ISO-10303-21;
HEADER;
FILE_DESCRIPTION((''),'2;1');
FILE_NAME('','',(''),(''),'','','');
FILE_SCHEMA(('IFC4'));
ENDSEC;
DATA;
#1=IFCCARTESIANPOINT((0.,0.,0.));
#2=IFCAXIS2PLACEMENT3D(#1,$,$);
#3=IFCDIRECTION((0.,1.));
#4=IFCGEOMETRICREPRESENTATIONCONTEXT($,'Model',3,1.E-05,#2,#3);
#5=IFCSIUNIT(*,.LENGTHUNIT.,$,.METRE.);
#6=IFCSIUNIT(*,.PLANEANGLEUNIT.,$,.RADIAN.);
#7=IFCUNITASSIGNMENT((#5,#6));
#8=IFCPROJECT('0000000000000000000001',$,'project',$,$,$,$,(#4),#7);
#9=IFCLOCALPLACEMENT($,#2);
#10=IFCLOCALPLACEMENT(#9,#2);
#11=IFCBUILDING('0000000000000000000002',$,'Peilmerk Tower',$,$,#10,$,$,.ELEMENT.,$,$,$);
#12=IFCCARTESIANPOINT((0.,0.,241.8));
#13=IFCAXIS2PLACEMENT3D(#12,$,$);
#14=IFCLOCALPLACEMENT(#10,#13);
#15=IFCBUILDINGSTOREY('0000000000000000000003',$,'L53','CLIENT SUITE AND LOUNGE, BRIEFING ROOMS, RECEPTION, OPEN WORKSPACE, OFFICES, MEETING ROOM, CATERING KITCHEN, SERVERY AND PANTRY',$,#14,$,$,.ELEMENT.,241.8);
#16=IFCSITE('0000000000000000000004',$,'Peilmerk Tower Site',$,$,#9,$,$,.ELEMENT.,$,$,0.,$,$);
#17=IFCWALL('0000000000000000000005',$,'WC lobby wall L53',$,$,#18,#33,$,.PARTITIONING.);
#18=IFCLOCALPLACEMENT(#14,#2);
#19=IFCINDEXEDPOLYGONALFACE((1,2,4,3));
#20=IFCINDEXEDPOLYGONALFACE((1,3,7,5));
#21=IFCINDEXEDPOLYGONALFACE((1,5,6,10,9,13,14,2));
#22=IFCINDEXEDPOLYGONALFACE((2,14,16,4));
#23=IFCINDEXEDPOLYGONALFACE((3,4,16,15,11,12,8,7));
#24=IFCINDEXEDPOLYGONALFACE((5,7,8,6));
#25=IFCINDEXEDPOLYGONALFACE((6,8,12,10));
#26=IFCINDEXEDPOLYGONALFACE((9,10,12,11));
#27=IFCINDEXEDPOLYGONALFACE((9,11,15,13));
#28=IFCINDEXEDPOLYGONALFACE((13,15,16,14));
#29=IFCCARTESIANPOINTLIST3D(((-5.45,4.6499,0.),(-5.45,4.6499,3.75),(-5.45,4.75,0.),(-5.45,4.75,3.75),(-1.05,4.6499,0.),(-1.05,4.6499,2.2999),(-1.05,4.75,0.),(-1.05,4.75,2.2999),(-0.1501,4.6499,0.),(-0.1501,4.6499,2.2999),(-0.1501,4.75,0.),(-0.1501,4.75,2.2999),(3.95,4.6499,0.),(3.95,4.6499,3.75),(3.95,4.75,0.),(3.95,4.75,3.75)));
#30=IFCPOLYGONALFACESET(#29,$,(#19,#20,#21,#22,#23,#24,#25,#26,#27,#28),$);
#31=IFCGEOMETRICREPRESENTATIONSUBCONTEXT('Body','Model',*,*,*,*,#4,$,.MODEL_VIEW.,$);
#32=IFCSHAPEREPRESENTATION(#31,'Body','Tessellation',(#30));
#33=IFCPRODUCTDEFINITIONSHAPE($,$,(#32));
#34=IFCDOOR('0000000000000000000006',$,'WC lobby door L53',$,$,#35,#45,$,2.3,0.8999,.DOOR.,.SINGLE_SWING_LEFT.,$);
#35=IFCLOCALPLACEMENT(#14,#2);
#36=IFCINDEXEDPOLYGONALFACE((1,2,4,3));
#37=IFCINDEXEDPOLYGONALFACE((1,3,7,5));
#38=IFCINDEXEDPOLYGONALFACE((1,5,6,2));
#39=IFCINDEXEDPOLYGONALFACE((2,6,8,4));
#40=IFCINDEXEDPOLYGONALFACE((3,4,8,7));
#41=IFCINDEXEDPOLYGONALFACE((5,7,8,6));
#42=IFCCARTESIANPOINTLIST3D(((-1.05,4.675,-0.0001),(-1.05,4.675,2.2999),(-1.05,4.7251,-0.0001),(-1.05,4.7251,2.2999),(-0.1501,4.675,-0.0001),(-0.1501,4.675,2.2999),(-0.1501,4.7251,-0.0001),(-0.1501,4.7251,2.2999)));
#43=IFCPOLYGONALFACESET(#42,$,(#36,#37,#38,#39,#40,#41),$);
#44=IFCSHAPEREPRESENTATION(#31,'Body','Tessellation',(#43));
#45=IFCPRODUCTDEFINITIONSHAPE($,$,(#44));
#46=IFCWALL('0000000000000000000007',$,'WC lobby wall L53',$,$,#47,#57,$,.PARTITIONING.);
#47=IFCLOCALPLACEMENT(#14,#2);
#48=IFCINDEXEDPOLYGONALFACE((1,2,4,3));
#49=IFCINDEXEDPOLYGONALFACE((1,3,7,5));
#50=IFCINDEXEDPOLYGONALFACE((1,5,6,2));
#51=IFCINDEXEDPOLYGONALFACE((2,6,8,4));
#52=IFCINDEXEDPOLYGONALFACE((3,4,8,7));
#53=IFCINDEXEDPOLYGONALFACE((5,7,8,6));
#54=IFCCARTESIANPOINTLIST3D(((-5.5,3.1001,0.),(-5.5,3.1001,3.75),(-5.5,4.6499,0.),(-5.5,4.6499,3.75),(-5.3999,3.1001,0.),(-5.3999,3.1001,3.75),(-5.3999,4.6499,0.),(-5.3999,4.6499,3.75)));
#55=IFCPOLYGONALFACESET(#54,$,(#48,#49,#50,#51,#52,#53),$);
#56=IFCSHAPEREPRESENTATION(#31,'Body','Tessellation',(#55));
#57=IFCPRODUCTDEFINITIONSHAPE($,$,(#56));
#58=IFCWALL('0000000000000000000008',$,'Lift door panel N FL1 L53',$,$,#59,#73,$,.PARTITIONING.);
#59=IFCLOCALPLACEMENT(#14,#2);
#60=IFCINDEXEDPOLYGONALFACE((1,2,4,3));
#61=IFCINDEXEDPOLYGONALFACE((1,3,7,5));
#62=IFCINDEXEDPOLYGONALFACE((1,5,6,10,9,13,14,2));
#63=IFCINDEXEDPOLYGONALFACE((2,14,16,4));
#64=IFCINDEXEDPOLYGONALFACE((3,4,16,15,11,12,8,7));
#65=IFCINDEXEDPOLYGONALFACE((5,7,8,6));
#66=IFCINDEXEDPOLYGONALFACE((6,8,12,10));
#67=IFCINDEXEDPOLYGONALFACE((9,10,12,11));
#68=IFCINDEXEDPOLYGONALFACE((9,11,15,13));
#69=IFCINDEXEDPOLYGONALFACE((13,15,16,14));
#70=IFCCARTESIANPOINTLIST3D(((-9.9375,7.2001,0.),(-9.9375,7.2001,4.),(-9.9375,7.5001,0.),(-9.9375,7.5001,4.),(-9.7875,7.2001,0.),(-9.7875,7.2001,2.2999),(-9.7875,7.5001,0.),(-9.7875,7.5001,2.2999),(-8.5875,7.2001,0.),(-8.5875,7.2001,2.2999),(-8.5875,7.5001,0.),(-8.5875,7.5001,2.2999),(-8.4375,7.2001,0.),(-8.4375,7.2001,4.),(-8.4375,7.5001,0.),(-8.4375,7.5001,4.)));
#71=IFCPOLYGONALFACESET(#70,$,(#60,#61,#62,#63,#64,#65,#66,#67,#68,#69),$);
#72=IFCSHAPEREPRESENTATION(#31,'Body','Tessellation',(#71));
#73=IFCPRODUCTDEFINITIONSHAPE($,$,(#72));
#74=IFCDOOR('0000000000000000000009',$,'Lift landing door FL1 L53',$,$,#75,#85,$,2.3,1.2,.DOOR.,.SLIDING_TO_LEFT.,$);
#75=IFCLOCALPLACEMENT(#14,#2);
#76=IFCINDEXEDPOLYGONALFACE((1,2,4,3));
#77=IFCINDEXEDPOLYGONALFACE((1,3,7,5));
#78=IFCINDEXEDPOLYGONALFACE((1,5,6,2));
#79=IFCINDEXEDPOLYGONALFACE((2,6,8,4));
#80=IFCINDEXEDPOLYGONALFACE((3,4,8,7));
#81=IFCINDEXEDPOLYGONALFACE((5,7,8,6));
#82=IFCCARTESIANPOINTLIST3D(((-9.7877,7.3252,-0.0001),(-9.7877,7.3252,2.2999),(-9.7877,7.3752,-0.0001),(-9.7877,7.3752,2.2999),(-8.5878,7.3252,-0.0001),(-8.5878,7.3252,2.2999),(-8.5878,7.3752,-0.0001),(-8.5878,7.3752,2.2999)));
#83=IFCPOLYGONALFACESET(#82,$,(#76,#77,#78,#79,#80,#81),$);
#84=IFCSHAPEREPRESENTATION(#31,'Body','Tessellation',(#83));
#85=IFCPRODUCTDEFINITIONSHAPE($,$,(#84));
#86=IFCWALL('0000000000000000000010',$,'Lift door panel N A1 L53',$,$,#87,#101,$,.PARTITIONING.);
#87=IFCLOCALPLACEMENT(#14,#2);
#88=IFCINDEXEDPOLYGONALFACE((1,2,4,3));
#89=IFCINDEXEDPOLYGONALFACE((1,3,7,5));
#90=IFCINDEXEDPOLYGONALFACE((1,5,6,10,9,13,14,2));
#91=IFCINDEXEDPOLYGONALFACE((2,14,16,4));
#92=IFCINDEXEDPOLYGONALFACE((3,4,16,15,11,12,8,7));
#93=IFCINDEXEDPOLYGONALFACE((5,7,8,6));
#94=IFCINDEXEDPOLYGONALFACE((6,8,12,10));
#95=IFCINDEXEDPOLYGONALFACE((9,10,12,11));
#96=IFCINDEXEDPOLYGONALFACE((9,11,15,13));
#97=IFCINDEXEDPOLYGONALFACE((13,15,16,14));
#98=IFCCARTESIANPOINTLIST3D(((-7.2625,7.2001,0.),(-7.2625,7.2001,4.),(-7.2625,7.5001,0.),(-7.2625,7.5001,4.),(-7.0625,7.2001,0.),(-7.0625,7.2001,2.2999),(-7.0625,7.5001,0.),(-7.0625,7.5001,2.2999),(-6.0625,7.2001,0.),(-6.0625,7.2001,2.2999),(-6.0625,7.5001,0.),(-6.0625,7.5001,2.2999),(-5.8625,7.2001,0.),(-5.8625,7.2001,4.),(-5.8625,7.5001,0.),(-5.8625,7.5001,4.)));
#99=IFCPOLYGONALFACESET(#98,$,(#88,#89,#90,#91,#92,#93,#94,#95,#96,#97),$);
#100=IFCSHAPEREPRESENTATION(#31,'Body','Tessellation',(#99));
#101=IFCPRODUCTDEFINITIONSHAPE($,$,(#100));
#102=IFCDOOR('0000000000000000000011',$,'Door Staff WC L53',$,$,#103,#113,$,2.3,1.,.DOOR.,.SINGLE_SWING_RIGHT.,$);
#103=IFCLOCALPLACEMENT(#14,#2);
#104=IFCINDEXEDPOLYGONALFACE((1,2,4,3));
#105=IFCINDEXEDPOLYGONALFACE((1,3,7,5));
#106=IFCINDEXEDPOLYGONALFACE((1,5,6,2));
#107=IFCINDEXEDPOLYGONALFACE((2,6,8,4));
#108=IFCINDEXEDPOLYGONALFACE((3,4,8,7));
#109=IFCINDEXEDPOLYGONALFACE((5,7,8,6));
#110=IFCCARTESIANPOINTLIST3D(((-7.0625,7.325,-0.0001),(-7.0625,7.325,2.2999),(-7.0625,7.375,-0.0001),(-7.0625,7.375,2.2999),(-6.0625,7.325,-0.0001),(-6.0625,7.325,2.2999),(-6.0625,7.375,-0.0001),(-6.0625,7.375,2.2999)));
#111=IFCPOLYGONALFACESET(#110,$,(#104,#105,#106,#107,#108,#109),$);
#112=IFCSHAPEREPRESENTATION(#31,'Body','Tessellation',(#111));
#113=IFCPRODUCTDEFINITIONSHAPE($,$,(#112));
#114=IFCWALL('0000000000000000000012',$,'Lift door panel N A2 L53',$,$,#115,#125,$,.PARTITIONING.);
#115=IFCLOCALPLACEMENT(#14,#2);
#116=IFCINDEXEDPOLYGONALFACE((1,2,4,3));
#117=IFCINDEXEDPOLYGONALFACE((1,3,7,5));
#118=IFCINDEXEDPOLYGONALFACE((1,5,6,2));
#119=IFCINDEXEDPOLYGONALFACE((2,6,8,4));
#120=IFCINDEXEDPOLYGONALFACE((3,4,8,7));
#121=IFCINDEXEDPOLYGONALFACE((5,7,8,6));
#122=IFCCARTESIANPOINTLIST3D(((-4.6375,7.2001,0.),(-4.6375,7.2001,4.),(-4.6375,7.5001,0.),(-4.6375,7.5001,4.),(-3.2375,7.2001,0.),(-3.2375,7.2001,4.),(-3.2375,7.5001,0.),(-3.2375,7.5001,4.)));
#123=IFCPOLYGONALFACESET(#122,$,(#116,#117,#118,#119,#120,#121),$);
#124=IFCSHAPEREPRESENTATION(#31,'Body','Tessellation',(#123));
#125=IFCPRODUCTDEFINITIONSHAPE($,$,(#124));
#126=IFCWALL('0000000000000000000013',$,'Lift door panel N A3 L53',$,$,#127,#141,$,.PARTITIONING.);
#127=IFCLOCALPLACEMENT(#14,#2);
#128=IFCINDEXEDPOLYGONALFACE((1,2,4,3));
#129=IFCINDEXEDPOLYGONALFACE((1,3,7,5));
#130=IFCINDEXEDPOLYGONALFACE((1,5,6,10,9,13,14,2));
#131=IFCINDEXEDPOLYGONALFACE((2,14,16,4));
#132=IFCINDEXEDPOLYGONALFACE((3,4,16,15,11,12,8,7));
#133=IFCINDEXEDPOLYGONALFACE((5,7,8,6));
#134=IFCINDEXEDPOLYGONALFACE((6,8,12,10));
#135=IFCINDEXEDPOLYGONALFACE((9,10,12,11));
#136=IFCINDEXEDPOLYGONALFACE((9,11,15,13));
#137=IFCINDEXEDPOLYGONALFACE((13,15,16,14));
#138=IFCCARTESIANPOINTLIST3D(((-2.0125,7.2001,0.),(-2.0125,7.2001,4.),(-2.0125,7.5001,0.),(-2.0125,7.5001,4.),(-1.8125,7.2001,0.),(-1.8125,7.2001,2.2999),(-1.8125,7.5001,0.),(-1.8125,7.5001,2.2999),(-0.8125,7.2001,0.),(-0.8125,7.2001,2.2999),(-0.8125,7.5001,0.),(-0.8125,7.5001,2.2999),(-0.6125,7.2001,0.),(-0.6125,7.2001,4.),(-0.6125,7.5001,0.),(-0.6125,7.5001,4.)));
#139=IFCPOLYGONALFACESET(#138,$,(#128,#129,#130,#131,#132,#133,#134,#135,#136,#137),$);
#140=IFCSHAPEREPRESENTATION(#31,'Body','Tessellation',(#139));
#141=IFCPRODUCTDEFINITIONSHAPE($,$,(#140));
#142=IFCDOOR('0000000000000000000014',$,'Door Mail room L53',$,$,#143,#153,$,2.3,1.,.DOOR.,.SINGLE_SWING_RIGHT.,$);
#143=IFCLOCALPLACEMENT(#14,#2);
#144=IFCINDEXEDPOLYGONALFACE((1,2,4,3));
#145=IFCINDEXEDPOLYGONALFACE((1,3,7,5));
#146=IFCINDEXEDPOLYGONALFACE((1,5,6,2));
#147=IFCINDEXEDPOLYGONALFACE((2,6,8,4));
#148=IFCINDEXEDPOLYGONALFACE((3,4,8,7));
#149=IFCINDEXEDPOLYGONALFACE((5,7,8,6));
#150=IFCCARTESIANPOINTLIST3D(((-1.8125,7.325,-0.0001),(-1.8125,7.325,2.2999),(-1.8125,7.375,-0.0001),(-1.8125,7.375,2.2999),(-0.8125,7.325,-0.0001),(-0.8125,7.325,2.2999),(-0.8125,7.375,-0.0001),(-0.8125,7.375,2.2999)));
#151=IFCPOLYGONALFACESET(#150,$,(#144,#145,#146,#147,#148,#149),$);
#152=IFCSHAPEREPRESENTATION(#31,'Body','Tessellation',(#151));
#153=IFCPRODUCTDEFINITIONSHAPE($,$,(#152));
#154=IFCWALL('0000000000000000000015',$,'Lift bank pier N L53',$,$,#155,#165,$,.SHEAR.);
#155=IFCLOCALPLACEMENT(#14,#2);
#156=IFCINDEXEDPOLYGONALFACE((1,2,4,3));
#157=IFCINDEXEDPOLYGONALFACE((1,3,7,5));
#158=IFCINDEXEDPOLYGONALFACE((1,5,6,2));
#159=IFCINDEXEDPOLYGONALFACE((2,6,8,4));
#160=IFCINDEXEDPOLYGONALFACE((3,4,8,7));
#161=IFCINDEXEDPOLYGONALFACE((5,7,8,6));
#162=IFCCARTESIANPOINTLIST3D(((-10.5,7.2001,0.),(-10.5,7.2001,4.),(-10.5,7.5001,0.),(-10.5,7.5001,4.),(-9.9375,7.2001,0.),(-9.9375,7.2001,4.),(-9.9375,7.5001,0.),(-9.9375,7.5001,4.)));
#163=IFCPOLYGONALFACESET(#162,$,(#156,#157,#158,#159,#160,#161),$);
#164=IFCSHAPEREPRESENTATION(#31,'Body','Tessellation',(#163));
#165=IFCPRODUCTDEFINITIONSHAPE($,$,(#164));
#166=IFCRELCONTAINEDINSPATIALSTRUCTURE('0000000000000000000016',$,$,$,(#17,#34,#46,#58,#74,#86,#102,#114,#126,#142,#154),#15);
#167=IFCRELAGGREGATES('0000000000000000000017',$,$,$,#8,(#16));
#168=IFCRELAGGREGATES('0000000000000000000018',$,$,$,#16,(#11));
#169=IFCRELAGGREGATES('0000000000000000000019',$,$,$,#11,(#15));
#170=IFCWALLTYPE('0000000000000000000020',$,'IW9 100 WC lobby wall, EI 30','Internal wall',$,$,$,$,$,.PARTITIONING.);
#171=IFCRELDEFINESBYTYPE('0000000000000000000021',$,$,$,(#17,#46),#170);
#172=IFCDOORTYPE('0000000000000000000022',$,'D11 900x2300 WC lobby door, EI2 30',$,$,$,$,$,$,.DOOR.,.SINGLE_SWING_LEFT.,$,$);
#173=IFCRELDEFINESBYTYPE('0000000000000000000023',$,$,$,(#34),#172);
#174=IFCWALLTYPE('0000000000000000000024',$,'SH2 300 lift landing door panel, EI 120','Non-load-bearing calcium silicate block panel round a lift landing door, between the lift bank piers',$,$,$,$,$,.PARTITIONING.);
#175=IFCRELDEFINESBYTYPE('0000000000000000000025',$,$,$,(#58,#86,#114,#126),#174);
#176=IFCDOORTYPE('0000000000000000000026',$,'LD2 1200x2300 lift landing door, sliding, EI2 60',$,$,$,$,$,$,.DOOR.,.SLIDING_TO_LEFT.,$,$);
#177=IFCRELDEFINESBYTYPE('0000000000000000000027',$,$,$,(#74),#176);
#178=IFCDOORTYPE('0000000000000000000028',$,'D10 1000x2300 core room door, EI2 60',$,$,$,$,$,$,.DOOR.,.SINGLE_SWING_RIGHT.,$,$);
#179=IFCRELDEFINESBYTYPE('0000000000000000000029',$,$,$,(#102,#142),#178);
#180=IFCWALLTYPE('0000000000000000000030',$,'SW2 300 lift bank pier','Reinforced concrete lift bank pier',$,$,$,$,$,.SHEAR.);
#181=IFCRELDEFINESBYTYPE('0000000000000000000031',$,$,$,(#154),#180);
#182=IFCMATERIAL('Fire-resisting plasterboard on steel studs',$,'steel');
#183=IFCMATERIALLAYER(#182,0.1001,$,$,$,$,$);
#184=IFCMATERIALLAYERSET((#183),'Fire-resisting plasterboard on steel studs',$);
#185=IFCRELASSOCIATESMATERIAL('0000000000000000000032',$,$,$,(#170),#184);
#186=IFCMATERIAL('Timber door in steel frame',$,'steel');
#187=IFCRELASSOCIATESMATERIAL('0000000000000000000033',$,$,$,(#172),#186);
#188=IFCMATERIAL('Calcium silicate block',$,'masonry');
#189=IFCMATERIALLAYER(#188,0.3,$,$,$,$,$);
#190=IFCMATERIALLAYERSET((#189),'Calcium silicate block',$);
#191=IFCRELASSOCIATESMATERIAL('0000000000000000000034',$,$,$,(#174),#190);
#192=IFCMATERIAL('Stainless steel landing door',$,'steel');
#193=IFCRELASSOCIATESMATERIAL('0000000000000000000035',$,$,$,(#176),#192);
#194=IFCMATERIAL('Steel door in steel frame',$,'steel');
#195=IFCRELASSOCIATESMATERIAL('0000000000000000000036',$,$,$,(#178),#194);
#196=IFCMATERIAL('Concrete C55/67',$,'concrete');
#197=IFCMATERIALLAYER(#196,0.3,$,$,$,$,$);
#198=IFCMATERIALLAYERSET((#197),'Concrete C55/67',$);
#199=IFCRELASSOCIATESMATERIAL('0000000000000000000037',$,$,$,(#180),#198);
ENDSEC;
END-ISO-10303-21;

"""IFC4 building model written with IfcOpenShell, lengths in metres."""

from ifc_helpers import new_model, si_unit, direction, frame, frame_2d, origin, place, context, subcontext, project, spatial, rectangle, extrude, material, layer, layer_set, type_object, element, fill, save


model = new_model("IFC4")

# Units and contexts
model_context = context("Model", 3, precision=1e-05, world=origin(), true_north=direction((0.0, 1.0)))
body_context = subcontext(model_context, "Body", "Model", "MODEL_VIEW")
ifc_project = project(units=[si_unit("LENGTHUNIT", "METRE"), si_unit("PLANEANGLEUNIT", "RADIAN")], contexts=[model_context])

# Site, building, storey
site_placement = place(None, origin())
site = spatial("IfcSite", under=ifc_project, at=site_placement, Name="Peilmerk Tower Site", CompositionType="ELEMENT", RefElevation=0.0)
building_placement = place(site_placement, origin())
building = spatial("IfcBuilding", under=site, at=building_placement, Name="Peilmerk Tower", CompositionType="ELEMENT")
storey_placement = place(building_placement, frame((0.0, 0.0, 241.8)))
storey = spatial("IfcBuildingStorey", under=building, at=storey_placement, Name="L53", Description="CLIENT SUITE AND LOUNGE, BRIEFING ROOMS, RECEPTION, OPEN WORKSPACE, OFFICES, MEETING ROOM, CATERING KITCHEN, SERVERY AND PANTRY", CompositionType="ELEMENT", Elevation=241.8)

# Shared definitions
ifc_material_1 = material(Name="Concrete C55/67", Category="concrete")

# Shared definitions
ifc_material_2 = material(Name="Steel door in steel frame", Category="steel")

# Shared definitions
ifc_material_3 = material(Name="Timber door in steel frame", Category="steel")

# Wall, opening, door
ifc_material_4 = material(Name="Fire-resisting plasterboard on steel studs", Category="steel")
ifc_layer_1 = layer(ifc_material_4, 0.1001)
ifc_layer_set_1 = layer_set([ifc_layer_1], Name="Fire-resisting plasterboard on steel studs")
wall_type_1 = type_object("IfcWallType", Name="IW9 100 WC lobby wall, EI 30", Description="Internal wall", PredefinedType="PARTITIONING", material=ifc_layer_set_1)
wall_1_placement = place(storey_placement, frame((-5.45, 4.7, 0.0), z_axis=(0.0, 0.0, 1.0), x_axis=(1.0, 0.0, 0.0)))
wall_1 = element("IfcWall", 1, at=wall_1_placement, inside=storey, type_object=wall_type_1, Name="WC lobby wall L53", PredefinedType="PARTITIONING", context=body_context, shape_type="SweptSolid", body=[
    extrude(rectangle(XDim=9.3999, YDim=0.1001, at=frame_2d((4.7, 0.0))), origin(), (0.0, 0.0, 1.0), 3.75),
])
opening_1_placement = place(wall_1_placement, frame((4.3999, 0.0, 0.0)))
opening_1 = element("IfcOpeningElement", 2, at=opening_1_placement, cuts=wall_1, PredefinedType="OPENING", context=body_context, shape_type="SweptSolid", body=[
    extrude(rectangle(XDim=0.8999, YDim=2.3, at=frame_2d((0.45, 1.1499))), frame((0.0, 0.0601, 0.0), z_axis=(0.0, -1.0, 0.0), x_axis=(1.0, 0.0, 0.0)), (0.0, 0.0, 1.0), 0.1201),
])
door_type_1 = type_object("IfcDoorType", Name="D11 900x2300 WC lobby door, EI2 30", OperationType="SINGLE_SWING_LEFT", PredefinedType="DOOR", material=ifc_material_3)
door_1_placement = place(opening_1_placement, frame((0.8999, 0.0, 0.0), z_axis=(0.0, 0.0, 1.0), x_axis=(-1.0, 0.0, 0.0)))
door_1 = element("IfcDoor", 3, at=door_1_placement, inside=storey, type_object=door_type_1, Name="WC lobby door L53", OperationType="SINGLE_SWING_LEFT", OverallHeight=2.3, OverallWidth=0.8999, PredefinedType="DOOR", context=body_context, shape_type="SweptSolid", body=[
    extrude(rectangle(XDim=0.8999, YDim=2.3, at=frame_2d((0.45, 1.1499))), frame((0.0, 0.0249, 0.0), z_axis=(0.0, -1.0, 0.0), x_axis=(1.0, 0.0, 0.0)), (0.0, 0.0, 1.0), 0.05),
])
fill(opening_1, door_1)

# Wall
wall_2_placement = place(storey_placement, frame((-5.45, 3.1001, 0.0), z_axis=(0.0, 0.0, 1.0), x_axis=(0.0, 1.0, 0.0)))
element("IfcWall", 4, at=wall_2_placement, inside=storey, type_object=wall_type_1, Name="WC lobby wall L53", PredefinedType="PARTITIONING", context=body_context, shape_type="SweptSolid", body=[
    extrude(rectangle(XDim=1.5498, YDim=0.1001, at=frame_2d((0.7749, 0.0))), origin(), (0.0, 0.0, 1.0), 3.75),
])

# Walls, openings, doors
ifc_material_5 = material(Name="Calcium silicate block", Category="masonry")
ifc_layer_2 = layer(ifc_material_5, 0.3)
ifc_layer_set_2 = layer_set([ifc_layer_2], Name="Calcium silicate block")
wall_type_2 = type_object("IfcWallType", Name="SH2 300 lift landing door panel, EI 120", Description="Non-load-bearing calcium silicate block panel round a lift landing door, between the lift bank piers", PredefinedType="PARTITIONING", material=ifc_layer_set_2)
wall_3_placement = place(storey_placement, frame((-9.9375, 7.3501, 0.0), z_axis=(0.0, 0.0, 1.0), x_axis=(1.0, 0.0, 0.0)))
wall_3 = element("IfcWall", 5, at=wall_3_placement, inside=storey, type_object=wall_type_2, Name="Lift door panel N FL1 L53", PredefinedType="PARTITIONING", context=body_context, shape_type="SweptSolid", body=[
    extrude(rectangle(XDim=1.5, YDim=0.3, at=frame_2d((0.75, 0.0))), origin(), (0.0, 0.0, 1.0), 4.0),
])
opening_2_placement = place(wall_3_placement, frame((0.1499, 0.0, 0.0)))
opening_2 = element("IfcOpeningElement", 6, at=opening_2_placement, cuts=wall_3, PredefinedType="OPENING", context=body_context, shape_type="SweptSolid", body=[
    extrude(rectangle(XDim=1.2, YDim=2.3, at=frame_2d((0.6001, 1.1499))), frame((0.0, 0.1599, 0.0), z_axis=(0.0, -1.0, 0.0), x_axis=(1.0, 0.0, 0.0)), (0.0, 0.0, 1.0), 0.3201),
])
ifc_material_6 = material(Name="Stainless steel landing door", Category="steel")
door_type_2 = type_object("IfcDoorType", Name="LD2 1200x2300 lift landing door, sliding, EI2 60", OperationType="SLIDING_TO_LEFT", PredefinedType="DOOR", material=ifc_material_6)
door_2_placement = place(opening_2_placement, frame((1.2, 0.0, 0.0), z_axis=(0.0, 0.0, 1.0), x_axis=(-1.0, 0.0, 0.0)))
door_2 = element("IfcDoor", 7, at=door_2_placement, inside=storey, type_object=door_type_2, Name="Lift landing door FL1 L53", OperationType="SLIDING_TO_LEFT", OverallHeight=2.3, OverallWidth=1.2, PredefinedType="DOOR", context=body_context, shape_type="SweptSolid", body=[
    extrude(rectangle(XDim=1.2, YDim=2.3, at=frame_2d((0.6001, 1.1499))), frame((0.0, 0.0249, 0.0), z_axis=(0.0, -1.0, 0.0), x_axis=(1.0, 0.0, 0.0)), (0.0, 0.0, 1.0), 0.05),
])
fill(opening_2, door_2)
wall_4_placement = place(storey_placement, frame((-7.2625, 7.3501, 0.0), z_axis=(0.0, 0.0, 1.0), x_axis=(1.0, 0.0, 0.0)))
wall_4 = element("IfcWall", 8, at=wall_4_placement, inside=storey, type_object=wall_type_2, Name="Lift door panel N A1 L53", PredefinedType="PARTITIONING", context=body_context, shape_type="SweptSolid", body=[
    extrude(rectangle(XDim=1.3999, YDim=0.3, at=frame_2d((0.7, 0.0))), origin(), (0.0, 0.0, 1.0), 4.0),
])
opening_3_placement = place(wall_4_placement, frame((0.2, 0.0, 0.0)))
opening_3 = element("IfcOpeningElement", 9, at=opening_3_placement, cuts=wall_4, PredefinedType="OPENING", context=body_context, shape_type="SweptSolid", body=[
    extrude(rectangle(XDim=1.0, YDim=2.3, at=frame_2d((0.5, 1.1499))), frame((0.0, 0.1599, 0.0), z_axis=(0.0, -1.0, 0.0), x_axis=(1.0, 0.0, 0.0)), (0.0, 0.0, 1.0), 0.3201),
])
door_type_3 = type_object("IfcDoorType", Name="D10 1000x2300 core room door, EI2 60", OperationType="SINGLE_SWING_RIGHT", PredefinedType="DOOR", material=ifc_material_2)
door_3_placement = place(opening_3_placement, origin())
door_3 = element("IfcDoor", 10, at=door_3_placement, inside=storey, type_object=door_type_3, Name="Door Staff WC L53", OperationType="SINGLE_SWING_RIGHT", OverallHeight=2.3, OverallWidth=1.0, PredefinedType="DOOR", context=body_context, shape_type="SweptSolid", body=[
    extrude(rectangle(XDim=1.0, YDim=2.3, at=frame_2d((0.5, 1.1499))), frame((0.0, 0.0249, 0.0), z_axis=(0.0, -1.0, 0.0), x_axis=(1.0, 0.0, 0.0)), (0.0, 0.0, 1.0), 0.05),
])
fill(opening_3, door_3)

# Wall
wall_5_placement = place(storey_placement, frame((-4.6375, 7.3501, 0.0), z_axis=(0.0, 0.0, 1.0), x_axis=(1.0, 0.0, 0.0)))
element("IfcWall", 11, at=wall_5_placement, inside=storey, type_object=wall_type_2, Name="Lift door panel N A2 L53", PredefinedType="PARTITIONING", context=body_context, shape_type="SweptSolid", body=[
    extrude(rectangle(XDim=1.3999, YDim=0.3, at=frame_2d((0.7, 0.0))), origin(), (0.0, 0.0, 1.0), 4.0),
])

# Wall, opening, door
wall_6_placement = place(storey_placement, frame((-2.0125, 7.3501, 0.0), z_axis=(0.0, 0.0, 1.0), x_axis=(1.0, 0.0, 0.0)))
wall_6 = element("IfcWall", 12, at=wall_6_placement, inside=storey, type_object=wall_type_2, Name="Lift door panel N A3 L53", PredefinedType="PARTITIONING", context=body_context, shape_type="SweptSolid", body=[
    extrude(rectangle(XDim=1.3999, YDim=0.3, at=frame_2d((0.7, 0.0))), origin(), (0.0, 0.0, 1.0), 4.0),
])
opening_4_placement = place(wall_6_placement, frame((0.2, 0.0, 0.0)))
opening_4 = element("IfcOpeningElement", 13, at=opening_4_placement, cuts=wall_6, PredefinedType="OPENING", context=body_context, shape_type="SweptSolid", body=[
    extrude(rectangle(XDim=1.0, YDim=2.3, at=frame_2d((0.5, 1.1499))), frame((0.0, 0.1599, 0.0), z_axis=(0.0, -1.0, 0.0), x_axis=(1.0, 0.0, 0.0)), (0.0, 0.0, 1.0), 0.3201),
])
door_4_placement = place(opening_4_placement, origin())
door_4 = element("IfcDoor", 14, at=door_4_placement, inside=storey, type_object=door_type_3, Name="Door Mail room L53", OperationType="SINGLE_SWING_RIGHT", OverallHeight=2.3, OverallWidth=1.0, PredefinedType="DOOR", context=body_context, shape_type="SweptSolid", body=[
    extrude(rectangle(XDim=1.0, YDim=2.3, at=frame_2d((0.5, 1.1499))), frame((0.0, 0.0249, 0.0), z_axis=(0.0, -1.0, 0.0), x_axis=(1.0, 0.0, 0.0)), (0.0, 0.0, 1.0), 0.05),
])
fill(opening_4, door_4)

# Wall
ifc_layer_3 = layer(ifc_material_1, 0.3)
ifc_layer_set_3 = layer_set([ifc_layer_3], Name="Concrete C55/67")
wall_type_3 = type_object("IfcWallType", Name="SW2 300 lift bank pier", Description="Reinforced concrete lift bank pier", PredefinedType="SHEAR", material=ifc_layer_set_3)
wall_7_placement = place(storey_placement, frame((-10.5, 7.3501, 0.0), z_axis=(0.0, 0.0, 1.0), x_axis=(1.0, 0.0, 0.0)))
element("IfcWall", 15, at=wall_7_placement, inside=storey, type_object=wall_type_3, Name="Lift bank pier N L53", PredefinedType="SHEAR", context=body_context, shape_type="SweptSolid", body=[
    extrude(rectangle(XDim=0.5625, YDim=0.3, at=frame_2d((0.2812, 0.0))), origin(), (0.0, 0.0, 1.0), 4.0),
])

save(model, "model.ifc")
